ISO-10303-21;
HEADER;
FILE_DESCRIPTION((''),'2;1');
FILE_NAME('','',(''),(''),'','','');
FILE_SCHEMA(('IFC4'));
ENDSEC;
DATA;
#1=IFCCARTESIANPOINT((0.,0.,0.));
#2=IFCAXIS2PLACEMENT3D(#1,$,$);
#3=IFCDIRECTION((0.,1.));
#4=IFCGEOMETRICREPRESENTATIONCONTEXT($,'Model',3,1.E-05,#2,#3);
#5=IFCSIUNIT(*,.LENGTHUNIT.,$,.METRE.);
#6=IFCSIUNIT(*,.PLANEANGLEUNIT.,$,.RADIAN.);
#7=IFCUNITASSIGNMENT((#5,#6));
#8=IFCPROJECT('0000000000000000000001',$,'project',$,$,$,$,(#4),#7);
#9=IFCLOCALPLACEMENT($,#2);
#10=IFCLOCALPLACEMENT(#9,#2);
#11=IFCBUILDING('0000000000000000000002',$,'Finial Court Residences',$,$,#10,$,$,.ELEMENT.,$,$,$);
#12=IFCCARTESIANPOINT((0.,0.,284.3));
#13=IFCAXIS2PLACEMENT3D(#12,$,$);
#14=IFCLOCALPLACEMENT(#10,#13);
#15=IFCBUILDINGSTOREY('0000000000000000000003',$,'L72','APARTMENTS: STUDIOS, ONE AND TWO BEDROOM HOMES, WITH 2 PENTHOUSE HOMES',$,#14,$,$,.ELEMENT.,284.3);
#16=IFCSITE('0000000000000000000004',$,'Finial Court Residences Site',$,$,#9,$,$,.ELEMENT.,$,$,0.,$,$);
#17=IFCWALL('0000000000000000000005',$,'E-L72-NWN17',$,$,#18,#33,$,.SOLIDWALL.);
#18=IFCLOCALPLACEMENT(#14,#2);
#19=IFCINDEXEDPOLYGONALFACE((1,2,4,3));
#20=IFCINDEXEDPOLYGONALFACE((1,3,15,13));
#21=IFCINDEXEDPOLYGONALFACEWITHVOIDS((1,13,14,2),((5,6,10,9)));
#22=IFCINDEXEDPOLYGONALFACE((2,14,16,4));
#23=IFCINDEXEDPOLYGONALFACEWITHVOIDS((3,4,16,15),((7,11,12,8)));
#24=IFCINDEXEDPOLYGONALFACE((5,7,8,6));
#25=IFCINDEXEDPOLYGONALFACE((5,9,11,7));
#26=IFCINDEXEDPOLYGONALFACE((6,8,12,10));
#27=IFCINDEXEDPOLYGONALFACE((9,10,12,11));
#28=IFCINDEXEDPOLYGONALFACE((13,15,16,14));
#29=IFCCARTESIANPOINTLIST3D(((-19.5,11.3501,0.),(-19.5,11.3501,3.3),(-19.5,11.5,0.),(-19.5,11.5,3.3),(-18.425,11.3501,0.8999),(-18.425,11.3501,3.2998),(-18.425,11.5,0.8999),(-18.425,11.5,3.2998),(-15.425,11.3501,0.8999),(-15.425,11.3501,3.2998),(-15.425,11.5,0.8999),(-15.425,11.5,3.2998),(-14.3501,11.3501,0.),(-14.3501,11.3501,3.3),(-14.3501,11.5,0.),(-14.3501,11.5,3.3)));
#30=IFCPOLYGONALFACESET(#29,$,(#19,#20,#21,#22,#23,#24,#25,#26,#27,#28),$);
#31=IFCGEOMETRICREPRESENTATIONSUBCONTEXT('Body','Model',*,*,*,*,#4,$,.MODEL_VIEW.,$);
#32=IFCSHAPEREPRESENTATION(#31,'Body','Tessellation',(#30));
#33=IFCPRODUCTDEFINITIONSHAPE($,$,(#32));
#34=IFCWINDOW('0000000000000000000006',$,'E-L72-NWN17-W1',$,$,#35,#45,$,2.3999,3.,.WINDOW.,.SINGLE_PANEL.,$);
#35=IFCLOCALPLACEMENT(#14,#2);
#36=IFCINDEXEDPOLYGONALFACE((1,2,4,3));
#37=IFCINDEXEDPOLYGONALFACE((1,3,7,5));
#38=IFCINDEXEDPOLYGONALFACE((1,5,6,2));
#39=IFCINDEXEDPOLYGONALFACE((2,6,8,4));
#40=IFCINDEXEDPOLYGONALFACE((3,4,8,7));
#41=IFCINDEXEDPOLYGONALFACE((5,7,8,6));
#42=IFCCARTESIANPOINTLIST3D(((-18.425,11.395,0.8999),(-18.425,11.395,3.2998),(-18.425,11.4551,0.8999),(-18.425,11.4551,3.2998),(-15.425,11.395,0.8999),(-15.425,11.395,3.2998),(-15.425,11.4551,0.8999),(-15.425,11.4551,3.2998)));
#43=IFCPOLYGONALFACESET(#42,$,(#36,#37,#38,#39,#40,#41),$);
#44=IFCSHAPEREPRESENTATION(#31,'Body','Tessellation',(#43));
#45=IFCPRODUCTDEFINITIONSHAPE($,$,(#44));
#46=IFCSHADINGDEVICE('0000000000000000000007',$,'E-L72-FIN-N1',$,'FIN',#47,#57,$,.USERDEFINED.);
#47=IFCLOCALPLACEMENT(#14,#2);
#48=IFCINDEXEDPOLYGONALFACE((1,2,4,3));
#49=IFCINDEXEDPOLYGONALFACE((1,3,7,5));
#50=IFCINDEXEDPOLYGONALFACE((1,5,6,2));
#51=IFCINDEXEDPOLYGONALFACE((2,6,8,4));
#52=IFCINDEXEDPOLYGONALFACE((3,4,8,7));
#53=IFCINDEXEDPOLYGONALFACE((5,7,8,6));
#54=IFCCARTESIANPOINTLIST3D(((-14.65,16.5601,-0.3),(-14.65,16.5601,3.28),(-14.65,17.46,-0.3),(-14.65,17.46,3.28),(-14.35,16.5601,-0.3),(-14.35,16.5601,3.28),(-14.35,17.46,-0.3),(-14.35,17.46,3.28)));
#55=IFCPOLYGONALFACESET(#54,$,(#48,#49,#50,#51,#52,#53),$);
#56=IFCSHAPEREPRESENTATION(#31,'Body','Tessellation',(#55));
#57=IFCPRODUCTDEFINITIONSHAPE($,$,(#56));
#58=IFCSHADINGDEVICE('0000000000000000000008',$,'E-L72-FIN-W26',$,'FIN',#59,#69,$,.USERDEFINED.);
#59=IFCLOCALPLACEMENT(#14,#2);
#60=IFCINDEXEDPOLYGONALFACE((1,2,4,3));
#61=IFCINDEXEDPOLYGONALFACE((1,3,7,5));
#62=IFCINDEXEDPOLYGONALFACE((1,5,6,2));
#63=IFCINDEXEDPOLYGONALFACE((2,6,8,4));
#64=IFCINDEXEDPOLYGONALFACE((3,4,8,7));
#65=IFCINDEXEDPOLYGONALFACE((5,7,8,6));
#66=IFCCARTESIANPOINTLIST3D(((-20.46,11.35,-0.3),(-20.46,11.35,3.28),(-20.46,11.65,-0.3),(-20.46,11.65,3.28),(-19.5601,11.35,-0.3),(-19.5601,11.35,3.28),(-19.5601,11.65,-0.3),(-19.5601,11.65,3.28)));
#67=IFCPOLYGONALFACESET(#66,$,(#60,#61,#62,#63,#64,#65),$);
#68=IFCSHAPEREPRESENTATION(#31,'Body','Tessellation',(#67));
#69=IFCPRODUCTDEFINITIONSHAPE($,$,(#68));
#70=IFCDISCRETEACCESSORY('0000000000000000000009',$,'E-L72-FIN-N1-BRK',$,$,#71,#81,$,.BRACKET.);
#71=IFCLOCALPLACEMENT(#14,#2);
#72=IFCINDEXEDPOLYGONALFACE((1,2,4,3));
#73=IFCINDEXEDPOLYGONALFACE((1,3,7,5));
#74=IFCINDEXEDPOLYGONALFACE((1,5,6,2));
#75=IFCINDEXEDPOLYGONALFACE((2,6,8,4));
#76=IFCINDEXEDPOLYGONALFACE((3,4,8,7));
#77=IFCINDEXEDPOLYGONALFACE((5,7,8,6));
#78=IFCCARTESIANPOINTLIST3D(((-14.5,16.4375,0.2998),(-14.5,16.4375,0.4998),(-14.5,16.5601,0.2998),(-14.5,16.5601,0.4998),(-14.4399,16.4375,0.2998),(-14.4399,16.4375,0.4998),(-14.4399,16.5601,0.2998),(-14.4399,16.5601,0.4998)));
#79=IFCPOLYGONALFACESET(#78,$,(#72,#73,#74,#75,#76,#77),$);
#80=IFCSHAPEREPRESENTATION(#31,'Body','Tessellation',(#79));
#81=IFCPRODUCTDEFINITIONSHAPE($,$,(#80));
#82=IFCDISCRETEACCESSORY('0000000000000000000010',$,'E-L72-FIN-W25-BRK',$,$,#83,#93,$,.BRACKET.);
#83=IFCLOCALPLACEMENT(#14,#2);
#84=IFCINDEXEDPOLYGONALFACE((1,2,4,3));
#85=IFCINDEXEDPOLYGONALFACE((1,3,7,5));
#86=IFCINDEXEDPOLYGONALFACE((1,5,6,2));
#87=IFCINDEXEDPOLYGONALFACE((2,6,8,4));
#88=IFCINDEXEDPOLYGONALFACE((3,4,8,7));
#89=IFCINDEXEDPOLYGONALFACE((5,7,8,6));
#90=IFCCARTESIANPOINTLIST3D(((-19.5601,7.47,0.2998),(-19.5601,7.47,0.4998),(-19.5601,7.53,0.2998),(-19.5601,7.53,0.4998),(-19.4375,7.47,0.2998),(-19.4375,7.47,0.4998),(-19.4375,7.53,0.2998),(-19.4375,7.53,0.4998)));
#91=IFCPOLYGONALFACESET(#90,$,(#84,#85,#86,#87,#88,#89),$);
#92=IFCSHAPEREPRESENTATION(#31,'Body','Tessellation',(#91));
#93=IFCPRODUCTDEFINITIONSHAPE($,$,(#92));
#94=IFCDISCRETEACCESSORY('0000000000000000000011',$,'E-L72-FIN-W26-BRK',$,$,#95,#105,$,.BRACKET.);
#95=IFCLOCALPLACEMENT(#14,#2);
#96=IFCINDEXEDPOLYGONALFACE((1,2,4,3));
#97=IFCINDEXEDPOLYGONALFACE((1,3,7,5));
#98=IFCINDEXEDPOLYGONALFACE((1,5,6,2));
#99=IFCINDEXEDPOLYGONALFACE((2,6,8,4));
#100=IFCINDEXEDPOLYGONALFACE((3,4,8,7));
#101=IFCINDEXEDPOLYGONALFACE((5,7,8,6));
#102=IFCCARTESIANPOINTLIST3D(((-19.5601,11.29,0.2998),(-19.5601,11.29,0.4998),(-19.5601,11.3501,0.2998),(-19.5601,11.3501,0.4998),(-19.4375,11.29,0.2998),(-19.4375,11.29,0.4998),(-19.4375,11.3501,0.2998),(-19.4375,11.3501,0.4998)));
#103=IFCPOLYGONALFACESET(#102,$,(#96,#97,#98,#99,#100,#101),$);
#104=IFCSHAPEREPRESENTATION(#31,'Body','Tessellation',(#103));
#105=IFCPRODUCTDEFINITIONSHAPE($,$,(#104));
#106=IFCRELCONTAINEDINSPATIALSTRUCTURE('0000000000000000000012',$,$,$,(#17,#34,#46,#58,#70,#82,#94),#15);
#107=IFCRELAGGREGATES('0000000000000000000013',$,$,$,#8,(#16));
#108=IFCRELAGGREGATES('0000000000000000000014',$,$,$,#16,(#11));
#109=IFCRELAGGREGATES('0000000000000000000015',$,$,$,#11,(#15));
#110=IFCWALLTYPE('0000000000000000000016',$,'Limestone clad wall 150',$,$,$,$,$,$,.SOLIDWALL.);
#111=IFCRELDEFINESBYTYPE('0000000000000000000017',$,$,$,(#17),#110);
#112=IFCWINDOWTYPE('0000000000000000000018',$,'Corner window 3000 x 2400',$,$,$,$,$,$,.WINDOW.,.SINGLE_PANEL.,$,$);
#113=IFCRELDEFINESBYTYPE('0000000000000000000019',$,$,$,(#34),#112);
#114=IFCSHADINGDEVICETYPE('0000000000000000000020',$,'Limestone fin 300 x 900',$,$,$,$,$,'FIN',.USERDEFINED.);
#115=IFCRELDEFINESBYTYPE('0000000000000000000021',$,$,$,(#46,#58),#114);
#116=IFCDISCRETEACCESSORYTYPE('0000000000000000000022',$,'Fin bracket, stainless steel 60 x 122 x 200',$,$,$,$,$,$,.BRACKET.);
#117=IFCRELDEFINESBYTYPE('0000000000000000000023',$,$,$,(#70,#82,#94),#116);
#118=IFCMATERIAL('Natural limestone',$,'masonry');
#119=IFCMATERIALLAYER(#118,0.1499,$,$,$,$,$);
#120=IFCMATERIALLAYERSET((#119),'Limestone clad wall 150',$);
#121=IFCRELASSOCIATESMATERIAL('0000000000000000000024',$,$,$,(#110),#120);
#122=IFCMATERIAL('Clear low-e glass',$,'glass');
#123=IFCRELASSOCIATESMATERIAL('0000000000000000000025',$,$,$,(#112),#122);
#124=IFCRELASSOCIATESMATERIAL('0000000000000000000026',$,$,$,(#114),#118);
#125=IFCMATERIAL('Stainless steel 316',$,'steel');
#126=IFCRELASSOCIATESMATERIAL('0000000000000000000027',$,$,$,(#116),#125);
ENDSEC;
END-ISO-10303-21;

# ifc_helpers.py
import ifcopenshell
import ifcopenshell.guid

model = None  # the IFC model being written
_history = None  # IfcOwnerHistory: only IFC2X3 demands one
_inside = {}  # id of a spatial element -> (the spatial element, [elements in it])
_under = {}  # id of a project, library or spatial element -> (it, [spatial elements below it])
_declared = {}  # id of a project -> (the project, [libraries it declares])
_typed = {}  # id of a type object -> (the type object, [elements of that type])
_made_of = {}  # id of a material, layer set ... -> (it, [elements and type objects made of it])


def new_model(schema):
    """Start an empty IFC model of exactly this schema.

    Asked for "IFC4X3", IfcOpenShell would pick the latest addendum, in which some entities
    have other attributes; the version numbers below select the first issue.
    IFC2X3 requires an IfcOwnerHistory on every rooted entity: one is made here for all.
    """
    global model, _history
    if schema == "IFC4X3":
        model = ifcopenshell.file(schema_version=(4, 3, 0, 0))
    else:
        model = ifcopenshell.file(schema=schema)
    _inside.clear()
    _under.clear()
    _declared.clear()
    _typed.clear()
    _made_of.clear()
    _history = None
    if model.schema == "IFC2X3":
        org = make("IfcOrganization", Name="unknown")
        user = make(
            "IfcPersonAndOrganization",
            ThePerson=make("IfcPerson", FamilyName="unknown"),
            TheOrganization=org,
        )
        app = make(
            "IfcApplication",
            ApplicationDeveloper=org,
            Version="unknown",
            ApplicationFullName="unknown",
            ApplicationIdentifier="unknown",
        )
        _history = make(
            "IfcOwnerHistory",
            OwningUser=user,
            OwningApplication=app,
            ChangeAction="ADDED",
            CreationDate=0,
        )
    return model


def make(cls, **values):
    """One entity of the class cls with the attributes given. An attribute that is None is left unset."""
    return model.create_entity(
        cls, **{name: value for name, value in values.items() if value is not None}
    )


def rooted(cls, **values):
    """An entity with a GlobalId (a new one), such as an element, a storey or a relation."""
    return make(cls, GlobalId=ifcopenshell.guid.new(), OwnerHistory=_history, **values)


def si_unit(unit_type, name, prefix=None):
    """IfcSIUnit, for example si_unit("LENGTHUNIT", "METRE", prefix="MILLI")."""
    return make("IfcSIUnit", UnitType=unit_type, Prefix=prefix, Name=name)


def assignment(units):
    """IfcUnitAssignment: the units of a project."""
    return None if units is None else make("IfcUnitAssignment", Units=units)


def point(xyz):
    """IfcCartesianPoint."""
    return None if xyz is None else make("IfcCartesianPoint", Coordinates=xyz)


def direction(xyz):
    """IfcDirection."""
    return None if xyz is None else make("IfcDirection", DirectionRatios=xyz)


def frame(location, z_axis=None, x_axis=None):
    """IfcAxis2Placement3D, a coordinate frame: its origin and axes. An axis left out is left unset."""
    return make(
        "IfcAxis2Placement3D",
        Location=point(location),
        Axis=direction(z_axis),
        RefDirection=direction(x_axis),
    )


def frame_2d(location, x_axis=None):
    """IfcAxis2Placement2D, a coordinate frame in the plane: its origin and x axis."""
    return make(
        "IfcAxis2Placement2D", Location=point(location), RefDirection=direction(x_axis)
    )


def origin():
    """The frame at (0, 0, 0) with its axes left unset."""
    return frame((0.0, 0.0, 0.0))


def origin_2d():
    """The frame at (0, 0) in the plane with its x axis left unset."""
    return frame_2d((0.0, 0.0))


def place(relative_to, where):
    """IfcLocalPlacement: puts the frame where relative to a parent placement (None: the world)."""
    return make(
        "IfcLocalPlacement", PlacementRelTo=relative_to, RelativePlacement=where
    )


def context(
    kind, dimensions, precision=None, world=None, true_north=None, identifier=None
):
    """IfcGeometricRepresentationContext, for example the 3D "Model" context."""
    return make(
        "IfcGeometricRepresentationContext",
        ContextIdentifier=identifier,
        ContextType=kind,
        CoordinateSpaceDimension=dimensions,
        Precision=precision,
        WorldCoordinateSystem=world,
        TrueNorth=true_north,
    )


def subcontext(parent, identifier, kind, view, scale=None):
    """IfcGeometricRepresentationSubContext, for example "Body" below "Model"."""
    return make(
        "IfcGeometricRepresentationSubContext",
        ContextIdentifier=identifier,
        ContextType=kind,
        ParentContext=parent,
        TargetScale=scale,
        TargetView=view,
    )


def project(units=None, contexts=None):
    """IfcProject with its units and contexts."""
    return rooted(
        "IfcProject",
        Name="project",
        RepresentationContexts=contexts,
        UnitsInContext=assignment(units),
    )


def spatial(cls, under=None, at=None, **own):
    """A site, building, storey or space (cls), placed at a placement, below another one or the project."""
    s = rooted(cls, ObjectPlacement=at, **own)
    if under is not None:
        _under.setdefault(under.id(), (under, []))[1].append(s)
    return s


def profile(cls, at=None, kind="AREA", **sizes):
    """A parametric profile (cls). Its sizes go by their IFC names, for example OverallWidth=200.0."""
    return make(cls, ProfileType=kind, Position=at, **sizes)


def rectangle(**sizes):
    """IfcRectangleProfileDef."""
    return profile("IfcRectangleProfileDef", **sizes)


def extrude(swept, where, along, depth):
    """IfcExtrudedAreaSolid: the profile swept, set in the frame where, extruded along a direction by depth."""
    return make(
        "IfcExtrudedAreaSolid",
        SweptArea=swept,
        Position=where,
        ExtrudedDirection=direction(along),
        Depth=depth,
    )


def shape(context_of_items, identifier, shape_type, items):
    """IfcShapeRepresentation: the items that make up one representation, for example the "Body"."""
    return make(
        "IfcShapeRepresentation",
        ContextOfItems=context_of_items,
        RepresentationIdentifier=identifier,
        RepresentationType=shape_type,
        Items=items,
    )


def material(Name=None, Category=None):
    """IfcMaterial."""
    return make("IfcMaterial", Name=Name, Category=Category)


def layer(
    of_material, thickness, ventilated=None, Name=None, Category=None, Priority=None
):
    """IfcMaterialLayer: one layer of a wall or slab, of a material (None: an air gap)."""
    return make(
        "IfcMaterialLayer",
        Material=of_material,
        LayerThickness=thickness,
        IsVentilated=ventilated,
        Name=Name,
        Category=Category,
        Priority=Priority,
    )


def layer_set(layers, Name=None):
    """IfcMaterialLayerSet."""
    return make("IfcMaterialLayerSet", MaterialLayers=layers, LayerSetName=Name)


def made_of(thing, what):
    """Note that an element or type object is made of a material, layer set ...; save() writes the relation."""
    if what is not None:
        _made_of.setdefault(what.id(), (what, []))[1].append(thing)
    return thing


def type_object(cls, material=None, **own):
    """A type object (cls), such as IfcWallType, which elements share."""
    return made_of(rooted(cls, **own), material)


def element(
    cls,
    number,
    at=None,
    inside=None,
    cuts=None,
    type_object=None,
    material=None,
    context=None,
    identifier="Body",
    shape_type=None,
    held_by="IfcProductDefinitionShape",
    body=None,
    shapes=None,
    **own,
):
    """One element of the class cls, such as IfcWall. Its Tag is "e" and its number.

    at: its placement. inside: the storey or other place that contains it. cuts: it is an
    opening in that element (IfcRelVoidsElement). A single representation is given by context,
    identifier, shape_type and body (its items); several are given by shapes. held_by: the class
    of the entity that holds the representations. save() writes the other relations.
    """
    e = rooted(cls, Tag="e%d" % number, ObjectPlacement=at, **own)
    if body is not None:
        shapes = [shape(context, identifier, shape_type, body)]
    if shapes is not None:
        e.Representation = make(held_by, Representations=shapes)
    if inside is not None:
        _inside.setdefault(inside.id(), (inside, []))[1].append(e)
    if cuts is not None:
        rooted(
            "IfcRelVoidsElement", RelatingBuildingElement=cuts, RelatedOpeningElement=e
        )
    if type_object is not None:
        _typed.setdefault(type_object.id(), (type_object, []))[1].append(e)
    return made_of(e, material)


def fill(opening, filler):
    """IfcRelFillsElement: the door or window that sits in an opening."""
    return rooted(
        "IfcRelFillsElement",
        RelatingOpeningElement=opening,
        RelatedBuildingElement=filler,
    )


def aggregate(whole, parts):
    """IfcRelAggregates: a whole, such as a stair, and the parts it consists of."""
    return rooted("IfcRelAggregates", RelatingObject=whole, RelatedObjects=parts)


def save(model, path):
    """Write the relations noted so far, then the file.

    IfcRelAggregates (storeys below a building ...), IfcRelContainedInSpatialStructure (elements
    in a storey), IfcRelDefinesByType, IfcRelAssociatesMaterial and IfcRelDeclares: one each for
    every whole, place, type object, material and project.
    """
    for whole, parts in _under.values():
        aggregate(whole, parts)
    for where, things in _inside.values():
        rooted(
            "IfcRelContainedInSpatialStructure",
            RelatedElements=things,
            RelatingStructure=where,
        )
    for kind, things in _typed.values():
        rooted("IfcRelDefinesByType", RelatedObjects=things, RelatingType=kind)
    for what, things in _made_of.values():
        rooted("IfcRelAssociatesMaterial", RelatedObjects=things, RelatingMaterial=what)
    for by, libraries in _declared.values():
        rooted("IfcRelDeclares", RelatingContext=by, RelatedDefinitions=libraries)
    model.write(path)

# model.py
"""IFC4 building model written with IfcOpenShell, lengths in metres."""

from ifc_helpers import new_model, si_unit, direction, frame, frame_2d, origin, origin_2d, place, context, subcontext, project, spatial, rectangle, extrude, material, layer, layer_set, type_object, element, fill, save


model = new_model("IFC4")

# Units and contexts
model_context = context("Model", 3, precision=1e-05, world=origin(), true_north=direction((0.0, 1.0)))
body_context = subcontext(model_context, "Body", "Model", "MODEL_VIEW")
ifc_project = project(units=[si_unit("LENGTHUNIT", "METRE"), si_unit("PLANEANGLEUNIT", "RADIAN")], contexts=[model_context])

# Site, building, storey
site_placement = place(None, origin())
site = spatial("IfcSite", under=ifc_project, at=site_placement, Name="Finial Court Residences Site", CompositionType="ELEMENT", RefElevation=0.0)
building_placement = place(site_placement, origin())
building = spatial("IfcBuilding", under=site, at=building_placement, Name="Finial Court Residences", CompositionType="ELEMENT")
storey_placement = place(building_placement, frame((0.0, 0.0, 284.3)))
storey = spatial("IfcBuildingStorey", under=building, at=storey_placement, Name="L72", Description="APARTMENTS: STUDIOS, ONE AND TWO BEDROOM HOMES, WITH 2 PENTHOUSE HOMES", CompositionType="ELEMENT", Elevation=284.3)

# Shared definitions
ifc_material_1 = material(Name="Clear low-e glass", Category="glass")

# Wall, opening, window
ifc_material_2 = material(Name="Natural limestone", Category="masonry")
ifc_layer_1 = layer(ifc_material_2, 0.1499)
ifc_layer_set_1 = layer_set([ifc_layer_1], Name="Limestone clad wall 150")
wall_type_1 = type_object("IfcWallType", Name="Limestone clad wall 150", PredefinedType="SOLIDWALL", material=ifc_layer_set_1)
window_type = type_object("IfcWindowType", Name="Corner window 3000 x 2400", PartitioningType="SINGLE_PANEL", PredefinedType="WINDOW", material=ifc_material_1)
wall_1_placement = place(storey_placement, frame((-19.5, 11.425, 0.0), z_axis=(0.0, 0.0, 1.0), x_axis=(1.0, 0.0, 0.0)))
wall_1 = element("IfcWall", 1, at=wall_1_placement, inside=storey, type_object=wall_type_1, Name="E-L72-NWN17", PredefinedType="SOLIDWALL", context=body_context, shape_type="SweptSolid", body=[
    extrude(rectangle(XDim=5.1499, YDim=0.1499, at=frame_2d((2.575, 0.0))), origin(), (0.0, 0.0, 1.0), 3.3),
])
opening_1_placement = place(wall_1_placement, frame((1.075, 0.0, 0.8999)))
opening_1 = element("IfcOpeningElement", 2, at=opening_1_placement, cuts=wall_1, PredefinedType="OPENING", context=body_context, shape_type="SweptSolid", body=[
    extrude(rectangle(XDim=3.0, YDim=2.3999, at=frame_2d((1.5, 1.2))), frame((0.0, 0.085, 0.0), z_axis=(0.0, -1.0, 0.0), x_axis=(1.0, 0.0, 0.0)), (0.0, 0.0, 1.0), 0.1699),
])
window_1_placement = place(opening_1_placement, origin())
window_1 = element("IfcWindow", 3, at=window_1_placement, inside=storey, type_object=window_type, Name="E-L72-NWN17-W1", OverallHeight=2.3999, OverallWidth=3.0, PartitioningType="SINGLE_PANEL", PredefinedType="WINDOW", context=body_context, shape_type="SweptSolid", body=[
    extrude(rectangle(XDim=3.0, YDim=2.3999, at=frame_2d((1.5, 1.2))), frame((0.0, 0.03, 0.0), z_axis=(0.0, -1.0, 0.0), x_axis=(1.0, 0.0, 0.0)), (0.0, 0.0, 1.0), 0.0601),
])
fill(opening_1, window_1)

# Shading devices
shading_device_type = type_object("IfcShadingDeviceType", Name="Limestone fin 300 x 900", ElementType="FIN", PredefinedType="USERDEFINED", material=ifc_material_2)
shading_device_1_placement = place(storey_placement, frame((-14.5, 17.01, -0.3), z_axis=(0.0, 0.0, 1.0), x_axis=(1.0, 0.0, 0.0)))
element("IfcShadingDevice", 4, at=shading_device_1_placement, inside=storey, type_object=shading_device_type, Name="E-L72-FIN-N1", ObjectType="FIN", PredefinedType="USERDEFINED", context=body_context, shape_type="SweptSolid", body=[
    extrude(rectangle(XDim=0.3, YDim=0.8999, at=origin_2d()), origin(), (0.0, 0.0, 1.0), 3.5801),
])
shading_device_2_placement = place(storey_placement, frame((-20.01, 11.5, -0.3), z_axis=(0.0, 0.0, 1.0), x_axis=(1.0, 0.0, 0.0)))
element("IfcShadingDevice", 5, at=shading_device_2_placement, inside=storey, type_object=shading_device_type, Name="E-L72-FIN-W26", ObjectType="FIN", PredefinedType="USERDEFINED", context=body_context, shape_type="SweptSolid", body=[
    extrude(rectangle(XDim=0.8999, YDim=0.3, at=origin_2d()), origin(), (0.0, 0.0, 1.0), 3.5801),
])

# Discrete accessories
ifc_material_3 = material(Name="Stainless steel 316", Category="steel")
discrete_accessory_type = type_object("IfcDiscreteAccessoryType", Name="Fin bracket, stainless steel 60 x 122 x 200", PredefinedType="BRACKET", material=ifc_material_3)
discrete_accessory_placement = place(storey_placement, frame((-14.47, 16.4988, 0.2998), z_axis=(0.0, 0.0, 1.0), x_axis=(1.0, 0.0, 0.0)))
element("IfcDiscreteAccessory", 6, at=discrete_accessory_placement, inside=storey, type_object=discrete_accessory_type, Name="E-L72-FIN-N1-BRK", PredefinedType="BRACKET", context=body_context, shape_type="SweptSolid", body=[
    extrude(rectangle(XDim=0.0601, YDim=0.1226, at=origin_2d()), origin(), (0.0, 0.0, 1.0), 0.2),
])
for number, where, z_axis, x_axis, name in (
    (7, (-19.4988, 7.5, 0.2998), (0.0, 0.0, 1.0), (1.0, 0.0, 0.0), "E-L72-FIN-W25-BRK"),
    (8, (-19.4988, 11.3201, 0.2998), (0.0, 0.0, 1.0), (1.0, 0.0, 0.0), "E-L72-FIN-W26-BRK"),
):
    element("IfcDiscreteAccessory", number, at=place(storey_placement, frame(where, z_axis=z_axis, x_axis=x_axis)), inside=storey, type_object=discrete_accessory_type, Name=name, PredefinedType="BRACKET", context=body_context, shape_type="SweptSolid", body=[
        extrude(rectangle(XDim=0.1226, YDim=0.0601, at=origin_2d()), origin(), (0.0, 0.0, 1.0), 0.2),
    ])

save(model, "model.ifc")
